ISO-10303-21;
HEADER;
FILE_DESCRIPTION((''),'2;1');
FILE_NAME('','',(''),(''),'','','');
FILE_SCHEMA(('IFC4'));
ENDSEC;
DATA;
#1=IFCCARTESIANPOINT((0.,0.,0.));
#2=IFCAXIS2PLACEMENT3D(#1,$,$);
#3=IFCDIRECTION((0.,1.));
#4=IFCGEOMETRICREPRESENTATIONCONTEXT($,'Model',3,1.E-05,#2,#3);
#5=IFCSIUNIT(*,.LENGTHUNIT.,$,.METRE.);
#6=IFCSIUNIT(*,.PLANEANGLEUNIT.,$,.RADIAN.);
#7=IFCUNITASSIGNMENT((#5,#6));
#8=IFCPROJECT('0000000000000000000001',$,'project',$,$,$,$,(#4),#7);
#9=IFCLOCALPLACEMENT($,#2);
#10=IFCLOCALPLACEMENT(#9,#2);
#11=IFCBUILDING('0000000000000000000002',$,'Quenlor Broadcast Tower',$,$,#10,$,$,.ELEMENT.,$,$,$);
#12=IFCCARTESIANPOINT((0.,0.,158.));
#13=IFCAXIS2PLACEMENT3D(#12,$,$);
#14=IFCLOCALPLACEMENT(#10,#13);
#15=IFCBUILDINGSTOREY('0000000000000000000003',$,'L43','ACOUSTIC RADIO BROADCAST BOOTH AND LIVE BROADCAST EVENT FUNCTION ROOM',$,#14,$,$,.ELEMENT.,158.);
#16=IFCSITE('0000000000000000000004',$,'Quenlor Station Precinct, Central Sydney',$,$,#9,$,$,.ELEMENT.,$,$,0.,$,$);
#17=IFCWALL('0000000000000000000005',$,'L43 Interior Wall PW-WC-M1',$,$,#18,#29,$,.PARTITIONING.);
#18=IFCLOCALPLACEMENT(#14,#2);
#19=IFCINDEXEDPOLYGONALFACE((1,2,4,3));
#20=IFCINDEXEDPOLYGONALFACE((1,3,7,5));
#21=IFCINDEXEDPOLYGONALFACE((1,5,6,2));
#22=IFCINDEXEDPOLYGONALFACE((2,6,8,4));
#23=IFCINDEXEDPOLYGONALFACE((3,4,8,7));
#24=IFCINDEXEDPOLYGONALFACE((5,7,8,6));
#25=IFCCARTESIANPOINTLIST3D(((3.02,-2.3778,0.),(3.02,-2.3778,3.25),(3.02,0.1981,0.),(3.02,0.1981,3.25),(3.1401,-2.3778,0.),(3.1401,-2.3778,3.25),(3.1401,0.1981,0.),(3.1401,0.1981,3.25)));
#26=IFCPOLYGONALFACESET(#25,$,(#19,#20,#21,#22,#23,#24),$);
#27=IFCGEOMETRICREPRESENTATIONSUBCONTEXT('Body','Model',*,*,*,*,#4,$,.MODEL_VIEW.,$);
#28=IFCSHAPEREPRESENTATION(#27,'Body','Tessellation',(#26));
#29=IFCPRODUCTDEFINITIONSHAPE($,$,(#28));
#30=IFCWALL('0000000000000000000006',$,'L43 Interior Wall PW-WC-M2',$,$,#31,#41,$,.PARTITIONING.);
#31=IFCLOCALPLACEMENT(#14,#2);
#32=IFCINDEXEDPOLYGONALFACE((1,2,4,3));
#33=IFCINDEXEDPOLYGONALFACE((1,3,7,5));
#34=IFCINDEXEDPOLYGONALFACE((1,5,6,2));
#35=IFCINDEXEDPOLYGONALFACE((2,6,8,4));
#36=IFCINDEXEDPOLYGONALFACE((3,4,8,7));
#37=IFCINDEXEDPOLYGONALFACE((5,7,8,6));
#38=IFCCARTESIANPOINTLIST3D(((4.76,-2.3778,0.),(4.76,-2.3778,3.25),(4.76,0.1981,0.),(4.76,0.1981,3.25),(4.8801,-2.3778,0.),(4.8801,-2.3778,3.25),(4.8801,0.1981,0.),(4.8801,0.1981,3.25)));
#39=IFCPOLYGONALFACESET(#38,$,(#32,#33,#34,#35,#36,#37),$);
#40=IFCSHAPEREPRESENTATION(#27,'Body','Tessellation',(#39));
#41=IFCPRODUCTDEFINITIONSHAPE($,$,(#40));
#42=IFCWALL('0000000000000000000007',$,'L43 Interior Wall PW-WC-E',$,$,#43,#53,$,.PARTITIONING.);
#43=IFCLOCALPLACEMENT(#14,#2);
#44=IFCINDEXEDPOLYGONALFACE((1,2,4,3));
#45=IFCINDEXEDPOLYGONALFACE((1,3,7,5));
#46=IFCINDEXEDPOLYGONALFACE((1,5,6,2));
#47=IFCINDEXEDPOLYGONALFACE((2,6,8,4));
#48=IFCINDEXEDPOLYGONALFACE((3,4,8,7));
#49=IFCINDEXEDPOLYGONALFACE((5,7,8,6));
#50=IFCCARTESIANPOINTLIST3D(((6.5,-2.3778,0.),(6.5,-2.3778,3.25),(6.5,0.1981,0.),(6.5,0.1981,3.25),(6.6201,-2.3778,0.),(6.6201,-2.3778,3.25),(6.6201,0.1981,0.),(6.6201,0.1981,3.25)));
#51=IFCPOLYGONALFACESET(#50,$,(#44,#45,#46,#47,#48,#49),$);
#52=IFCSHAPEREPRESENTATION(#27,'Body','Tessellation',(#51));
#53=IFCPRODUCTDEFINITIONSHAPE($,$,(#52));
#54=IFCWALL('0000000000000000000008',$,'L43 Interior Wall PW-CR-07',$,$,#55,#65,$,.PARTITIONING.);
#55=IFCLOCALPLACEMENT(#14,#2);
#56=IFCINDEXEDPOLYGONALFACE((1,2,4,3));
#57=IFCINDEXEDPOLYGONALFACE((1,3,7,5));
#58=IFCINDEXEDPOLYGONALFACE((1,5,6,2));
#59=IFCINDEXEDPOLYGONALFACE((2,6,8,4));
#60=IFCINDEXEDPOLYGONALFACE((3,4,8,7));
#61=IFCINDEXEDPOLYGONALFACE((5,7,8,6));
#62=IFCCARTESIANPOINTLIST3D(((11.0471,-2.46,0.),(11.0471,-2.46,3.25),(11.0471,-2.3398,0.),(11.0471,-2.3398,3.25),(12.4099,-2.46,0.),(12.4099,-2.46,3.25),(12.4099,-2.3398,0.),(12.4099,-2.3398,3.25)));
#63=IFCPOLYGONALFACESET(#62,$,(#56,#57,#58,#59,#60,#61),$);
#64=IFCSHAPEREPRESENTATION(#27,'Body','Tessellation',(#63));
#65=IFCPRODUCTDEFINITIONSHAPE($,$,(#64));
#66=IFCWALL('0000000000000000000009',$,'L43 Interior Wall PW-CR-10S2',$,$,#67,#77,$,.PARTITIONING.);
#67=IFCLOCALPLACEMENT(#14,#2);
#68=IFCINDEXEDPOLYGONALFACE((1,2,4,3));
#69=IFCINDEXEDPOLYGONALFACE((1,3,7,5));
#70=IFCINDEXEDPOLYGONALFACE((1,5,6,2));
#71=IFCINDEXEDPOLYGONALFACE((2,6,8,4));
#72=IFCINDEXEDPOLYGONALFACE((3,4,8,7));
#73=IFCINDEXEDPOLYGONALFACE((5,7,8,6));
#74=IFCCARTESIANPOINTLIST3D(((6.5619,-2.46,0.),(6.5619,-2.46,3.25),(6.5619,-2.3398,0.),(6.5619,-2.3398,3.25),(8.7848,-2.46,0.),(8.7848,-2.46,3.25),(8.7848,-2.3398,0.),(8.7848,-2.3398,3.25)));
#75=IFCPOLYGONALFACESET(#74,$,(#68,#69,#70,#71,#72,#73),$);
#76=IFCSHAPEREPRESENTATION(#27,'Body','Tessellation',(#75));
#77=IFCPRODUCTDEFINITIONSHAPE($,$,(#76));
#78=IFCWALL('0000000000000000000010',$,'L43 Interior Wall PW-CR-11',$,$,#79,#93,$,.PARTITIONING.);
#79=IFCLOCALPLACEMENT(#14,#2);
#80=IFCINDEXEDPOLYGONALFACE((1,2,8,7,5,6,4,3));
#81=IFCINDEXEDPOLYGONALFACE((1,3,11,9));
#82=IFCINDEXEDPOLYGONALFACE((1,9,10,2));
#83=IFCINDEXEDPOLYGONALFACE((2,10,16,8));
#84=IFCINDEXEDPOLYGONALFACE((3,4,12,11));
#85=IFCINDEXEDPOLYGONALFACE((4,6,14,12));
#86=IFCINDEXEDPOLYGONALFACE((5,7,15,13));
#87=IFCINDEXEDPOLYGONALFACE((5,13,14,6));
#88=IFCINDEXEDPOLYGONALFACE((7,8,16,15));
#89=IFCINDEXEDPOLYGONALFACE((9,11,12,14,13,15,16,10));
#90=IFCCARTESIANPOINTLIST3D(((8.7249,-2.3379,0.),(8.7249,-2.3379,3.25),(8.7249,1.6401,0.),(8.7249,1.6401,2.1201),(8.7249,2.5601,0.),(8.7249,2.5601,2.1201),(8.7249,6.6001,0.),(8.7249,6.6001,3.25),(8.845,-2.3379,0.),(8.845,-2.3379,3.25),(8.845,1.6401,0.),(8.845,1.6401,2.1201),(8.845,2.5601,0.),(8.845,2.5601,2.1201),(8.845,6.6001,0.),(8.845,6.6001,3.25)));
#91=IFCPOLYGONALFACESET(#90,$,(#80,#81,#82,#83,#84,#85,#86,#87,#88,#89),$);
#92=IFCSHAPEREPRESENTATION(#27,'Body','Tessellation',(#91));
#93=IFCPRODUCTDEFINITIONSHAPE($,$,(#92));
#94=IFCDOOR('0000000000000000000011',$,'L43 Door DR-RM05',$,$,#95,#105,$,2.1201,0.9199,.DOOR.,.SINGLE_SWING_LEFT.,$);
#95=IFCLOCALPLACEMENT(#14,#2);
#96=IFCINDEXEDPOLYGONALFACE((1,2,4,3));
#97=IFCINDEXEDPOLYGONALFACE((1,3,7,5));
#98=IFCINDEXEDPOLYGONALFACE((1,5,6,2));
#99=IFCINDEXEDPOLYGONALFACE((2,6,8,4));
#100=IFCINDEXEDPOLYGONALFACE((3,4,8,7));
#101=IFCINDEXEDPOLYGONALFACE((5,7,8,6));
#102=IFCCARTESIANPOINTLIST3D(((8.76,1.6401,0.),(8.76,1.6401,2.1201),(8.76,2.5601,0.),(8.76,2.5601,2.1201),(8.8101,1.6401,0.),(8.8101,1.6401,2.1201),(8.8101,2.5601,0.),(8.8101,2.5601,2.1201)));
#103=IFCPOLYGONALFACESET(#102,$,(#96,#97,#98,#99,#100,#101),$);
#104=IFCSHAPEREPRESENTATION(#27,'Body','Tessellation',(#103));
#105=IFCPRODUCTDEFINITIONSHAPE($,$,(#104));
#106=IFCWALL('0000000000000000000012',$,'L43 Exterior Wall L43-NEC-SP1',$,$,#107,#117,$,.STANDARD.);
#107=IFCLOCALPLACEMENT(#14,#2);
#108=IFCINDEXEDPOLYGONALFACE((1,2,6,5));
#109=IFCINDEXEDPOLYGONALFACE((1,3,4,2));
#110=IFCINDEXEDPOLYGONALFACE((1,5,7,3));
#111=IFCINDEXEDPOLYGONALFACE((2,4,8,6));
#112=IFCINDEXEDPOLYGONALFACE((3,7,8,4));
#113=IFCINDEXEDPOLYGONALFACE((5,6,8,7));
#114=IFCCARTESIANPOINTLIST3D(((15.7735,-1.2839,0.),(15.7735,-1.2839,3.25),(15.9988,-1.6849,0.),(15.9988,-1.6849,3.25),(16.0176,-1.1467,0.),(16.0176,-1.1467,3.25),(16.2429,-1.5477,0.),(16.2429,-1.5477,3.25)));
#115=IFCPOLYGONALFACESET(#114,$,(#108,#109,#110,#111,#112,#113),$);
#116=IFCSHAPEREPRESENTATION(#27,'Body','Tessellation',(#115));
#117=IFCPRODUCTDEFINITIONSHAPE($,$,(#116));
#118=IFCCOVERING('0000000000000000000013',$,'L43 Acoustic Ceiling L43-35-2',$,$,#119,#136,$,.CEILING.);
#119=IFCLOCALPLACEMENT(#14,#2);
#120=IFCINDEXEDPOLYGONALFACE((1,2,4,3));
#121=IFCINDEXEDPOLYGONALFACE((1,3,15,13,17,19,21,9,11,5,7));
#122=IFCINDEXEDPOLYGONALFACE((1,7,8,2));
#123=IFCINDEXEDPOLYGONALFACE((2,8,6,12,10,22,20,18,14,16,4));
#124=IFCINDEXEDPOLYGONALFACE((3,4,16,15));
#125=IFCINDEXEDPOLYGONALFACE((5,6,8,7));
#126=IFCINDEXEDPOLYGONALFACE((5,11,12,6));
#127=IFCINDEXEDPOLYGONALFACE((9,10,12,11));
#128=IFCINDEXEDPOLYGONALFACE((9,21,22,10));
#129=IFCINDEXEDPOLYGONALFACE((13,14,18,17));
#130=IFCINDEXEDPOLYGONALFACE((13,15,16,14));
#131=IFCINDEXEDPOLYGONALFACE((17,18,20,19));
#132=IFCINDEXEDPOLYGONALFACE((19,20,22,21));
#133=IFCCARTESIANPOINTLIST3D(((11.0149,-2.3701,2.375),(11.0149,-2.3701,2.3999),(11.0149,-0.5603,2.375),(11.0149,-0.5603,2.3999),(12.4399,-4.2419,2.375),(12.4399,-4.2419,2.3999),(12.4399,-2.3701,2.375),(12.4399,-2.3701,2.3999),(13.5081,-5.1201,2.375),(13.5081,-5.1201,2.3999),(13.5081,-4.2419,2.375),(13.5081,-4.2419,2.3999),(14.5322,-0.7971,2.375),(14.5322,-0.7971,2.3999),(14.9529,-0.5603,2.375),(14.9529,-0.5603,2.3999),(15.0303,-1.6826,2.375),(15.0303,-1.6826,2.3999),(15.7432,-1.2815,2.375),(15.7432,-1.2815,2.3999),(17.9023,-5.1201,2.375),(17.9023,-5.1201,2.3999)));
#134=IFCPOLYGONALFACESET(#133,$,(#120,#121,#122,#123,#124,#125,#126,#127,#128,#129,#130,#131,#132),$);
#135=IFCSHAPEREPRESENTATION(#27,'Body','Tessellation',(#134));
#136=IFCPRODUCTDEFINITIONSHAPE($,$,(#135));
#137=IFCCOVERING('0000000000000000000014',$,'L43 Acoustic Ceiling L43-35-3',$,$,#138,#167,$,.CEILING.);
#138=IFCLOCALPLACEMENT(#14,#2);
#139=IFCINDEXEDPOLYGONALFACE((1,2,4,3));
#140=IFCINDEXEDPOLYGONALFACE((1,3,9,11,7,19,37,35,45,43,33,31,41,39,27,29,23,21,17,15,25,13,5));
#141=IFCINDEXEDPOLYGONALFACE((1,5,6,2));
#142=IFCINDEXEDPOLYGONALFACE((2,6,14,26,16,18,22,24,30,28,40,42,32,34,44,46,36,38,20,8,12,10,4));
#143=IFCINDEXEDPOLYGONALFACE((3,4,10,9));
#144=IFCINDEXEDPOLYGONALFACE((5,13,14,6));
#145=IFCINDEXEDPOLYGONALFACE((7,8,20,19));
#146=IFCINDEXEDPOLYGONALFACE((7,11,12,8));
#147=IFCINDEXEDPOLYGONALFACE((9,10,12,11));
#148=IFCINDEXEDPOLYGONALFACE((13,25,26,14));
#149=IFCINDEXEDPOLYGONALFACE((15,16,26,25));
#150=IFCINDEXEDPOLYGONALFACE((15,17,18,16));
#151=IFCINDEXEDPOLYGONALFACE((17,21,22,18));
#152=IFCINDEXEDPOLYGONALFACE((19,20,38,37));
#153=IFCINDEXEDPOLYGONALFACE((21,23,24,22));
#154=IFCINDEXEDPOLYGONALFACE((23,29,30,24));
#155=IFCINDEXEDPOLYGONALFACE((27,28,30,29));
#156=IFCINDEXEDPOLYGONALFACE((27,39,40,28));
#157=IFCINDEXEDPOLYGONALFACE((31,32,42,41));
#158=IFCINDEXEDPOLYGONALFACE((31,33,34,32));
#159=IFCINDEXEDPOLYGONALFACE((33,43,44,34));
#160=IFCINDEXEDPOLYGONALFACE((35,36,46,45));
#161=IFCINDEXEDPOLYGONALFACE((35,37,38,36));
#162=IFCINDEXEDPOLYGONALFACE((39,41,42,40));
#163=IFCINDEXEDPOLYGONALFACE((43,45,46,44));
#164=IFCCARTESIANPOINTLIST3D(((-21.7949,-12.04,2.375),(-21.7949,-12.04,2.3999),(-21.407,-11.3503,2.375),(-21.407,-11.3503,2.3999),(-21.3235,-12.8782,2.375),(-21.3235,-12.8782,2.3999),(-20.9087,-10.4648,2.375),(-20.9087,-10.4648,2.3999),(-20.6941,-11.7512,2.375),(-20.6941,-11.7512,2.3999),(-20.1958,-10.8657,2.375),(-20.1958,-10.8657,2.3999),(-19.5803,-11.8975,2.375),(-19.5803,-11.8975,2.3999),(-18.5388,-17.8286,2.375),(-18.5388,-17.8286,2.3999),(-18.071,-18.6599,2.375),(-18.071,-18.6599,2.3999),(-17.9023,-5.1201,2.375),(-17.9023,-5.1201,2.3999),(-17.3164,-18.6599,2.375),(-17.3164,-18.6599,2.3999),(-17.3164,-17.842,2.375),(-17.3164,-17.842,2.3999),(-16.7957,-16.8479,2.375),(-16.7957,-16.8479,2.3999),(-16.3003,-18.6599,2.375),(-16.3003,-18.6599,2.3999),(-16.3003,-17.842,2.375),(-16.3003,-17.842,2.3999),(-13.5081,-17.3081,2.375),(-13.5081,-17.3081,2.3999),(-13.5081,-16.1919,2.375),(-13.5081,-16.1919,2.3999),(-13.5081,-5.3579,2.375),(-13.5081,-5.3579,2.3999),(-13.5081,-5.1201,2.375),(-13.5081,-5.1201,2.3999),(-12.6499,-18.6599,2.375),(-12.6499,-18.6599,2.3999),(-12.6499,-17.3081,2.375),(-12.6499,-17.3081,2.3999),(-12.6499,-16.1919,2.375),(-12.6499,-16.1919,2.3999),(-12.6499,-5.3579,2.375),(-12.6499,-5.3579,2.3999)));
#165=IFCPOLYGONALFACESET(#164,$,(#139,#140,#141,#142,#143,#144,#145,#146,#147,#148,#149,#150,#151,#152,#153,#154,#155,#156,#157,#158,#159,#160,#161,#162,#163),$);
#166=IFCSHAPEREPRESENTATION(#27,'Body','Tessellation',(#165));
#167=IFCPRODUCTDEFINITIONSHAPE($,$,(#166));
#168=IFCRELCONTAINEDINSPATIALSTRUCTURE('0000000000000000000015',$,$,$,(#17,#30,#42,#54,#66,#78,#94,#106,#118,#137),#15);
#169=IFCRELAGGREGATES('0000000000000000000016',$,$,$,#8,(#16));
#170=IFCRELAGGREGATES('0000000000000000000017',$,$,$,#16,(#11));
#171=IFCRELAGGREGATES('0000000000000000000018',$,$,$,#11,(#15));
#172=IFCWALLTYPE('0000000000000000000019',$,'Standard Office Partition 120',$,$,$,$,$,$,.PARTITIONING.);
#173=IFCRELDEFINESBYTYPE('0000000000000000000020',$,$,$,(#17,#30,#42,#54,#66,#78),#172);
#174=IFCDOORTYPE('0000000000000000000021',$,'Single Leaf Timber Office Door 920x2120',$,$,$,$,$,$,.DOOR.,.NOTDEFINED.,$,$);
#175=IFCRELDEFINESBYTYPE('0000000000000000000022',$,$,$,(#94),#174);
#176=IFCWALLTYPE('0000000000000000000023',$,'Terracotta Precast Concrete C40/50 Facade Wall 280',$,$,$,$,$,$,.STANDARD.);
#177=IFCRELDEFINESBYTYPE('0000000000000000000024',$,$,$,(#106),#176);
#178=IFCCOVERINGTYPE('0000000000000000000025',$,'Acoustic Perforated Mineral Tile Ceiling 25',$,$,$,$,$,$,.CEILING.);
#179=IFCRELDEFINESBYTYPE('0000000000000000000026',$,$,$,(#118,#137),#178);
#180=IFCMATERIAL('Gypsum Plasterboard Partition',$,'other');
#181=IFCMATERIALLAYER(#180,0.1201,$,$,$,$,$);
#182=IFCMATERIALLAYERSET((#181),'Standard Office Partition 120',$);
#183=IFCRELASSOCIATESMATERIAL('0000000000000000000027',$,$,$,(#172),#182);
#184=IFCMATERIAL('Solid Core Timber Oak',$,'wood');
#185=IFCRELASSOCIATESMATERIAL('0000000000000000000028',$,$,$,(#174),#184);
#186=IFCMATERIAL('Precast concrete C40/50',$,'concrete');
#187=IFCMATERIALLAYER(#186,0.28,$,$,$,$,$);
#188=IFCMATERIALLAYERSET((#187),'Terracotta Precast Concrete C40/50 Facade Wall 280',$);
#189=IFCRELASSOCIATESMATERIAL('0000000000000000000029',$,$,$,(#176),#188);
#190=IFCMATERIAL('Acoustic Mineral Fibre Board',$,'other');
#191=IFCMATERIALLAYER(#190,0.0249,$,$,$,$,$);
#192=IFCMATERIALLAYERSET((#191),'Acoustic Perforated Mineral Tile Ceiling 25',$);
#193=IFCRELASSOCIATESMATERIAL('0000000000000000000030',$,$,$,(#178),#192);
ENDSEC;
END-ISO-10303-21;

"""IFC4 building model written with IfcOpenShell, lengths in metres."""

from ifc_helpers import new_model, si_unit, direction, frame, frame_2d, origin, place, context, subcontext, project, spatial, polyline, rectangle, outline, extrude, material, layer, layer_set, type_object, element, fill, save


model = new_model("IFC4")

# Units and contexts
model_context = context("Model", 3, precision=1e-05, world=origin(), true_north=direction((0.0, 1.0)))
body_context = subcontext(model_context, "Body", "Model", "MODEL_VIEW")
ifc_project = project(units=[si_unit("LENGTHUNIT", "METRE"), si_unit("PLANEANGLEUNIT", "RADIAN")], contexts=[model_context])

# Site, building, storey
site_placement = place(None, origin())
site = spatial("IfcSite", under=ifc_project, at=site_placement, Name="Quenlor Station Precinct, Central Sydney", CompositionType="ELEMENT", RefElevation=0.0)
building_placement = place(site_placement, origin())
building = spatial("IfcBuilding", under=site, at=building_placement, Name="Quenlor Broadcast Tower", CompositionType="ELEMENT")
storey_placement = place(building_placement, frame((0.0, 0.0, 158.0)))
storey = spatial("IfcBuildingStorey", under=building, at=storey_placement, Name="L43", Description="ACOUSTIC RADIO BROADCAST BOOTH AND LIVE BROADCAST EVENT FUNCTION ROOM", CompositionType="ELEMENT", Elevation=158.0)

# Shared definitions
ifc_material_1 = material(Name="Gypsum Plasterboard Partition", Category="other")
ifc_layer_1 = layer(ifc_material_1, 0.1201)
ifc_layer_set_1 = layer_set([ifc_layer_1], Name="Standard Office Partition 120")
wall_type_1 = type_object("IfcWallType", Name="Standard Office Partition 120", PredefinedType="PARTITIONING", material=ifc_layer_set_1)

# Walls
for number, where, z_axis, x_axis, name in (
    (1, (3.0801, -2.3779, 0.0), (0.0, 0.0, 1.0), (0.0, 1.0, 0.0), "L43 Interior Wall PW-WC-M1"),
    (2, (4.8201, -2.3779, 0.0), (0.0, 0.0, 1.0), (0.0, 1.0, 0.0), "L43 Interior Wall PW-WC-M2"),
    (3, (6.5601, -2.3779, 0.0), (0.0, 0.0, 1.0), (0.0, 1.0, 0.0), "L43 Interior Wall PW-WC-E"),
):
    element("IfcWall", number, at=place(storey_placement, frame(where, z_axis=z_axis, x_axis=x_axis)), inside=storey, type_object=wall_type_1, Name=name, PredefinedType="PARTITIONING", context=body_context, shape_type="SweptSolid", body=[
        extrude(rectangle(XDim=2.5759, YDim=0.1201, at=frame_2d((1.2881, 0.0))), origin(), (0.0, 0.0, 1.0), 3.25),
    ])
wall_1_placement = place(storey_placement, frame((11.0471, -2.3999, 0.0), z_axis=(0.0, 0.0, 1.0), x_axis=(1.0, 0.0, 0.0)))
element("IfcWall", 4, at=wall_1_placement, inside=storey, type_object=wall_type_1, Name="L43 Interior Wall PW-CR-07", PredefinedType="PARTITIONING", context=body_context, shape_type="SweptSolid", body=[
    extrude(rectangle(XDim=1.3628, YDim=0.1201, at=frame_2d((0.6814, 0.0))), origin(), (0.0, 0.0, 1.0), 3.25),
])
wall_2_placement = place(storey_placement, frame((6.562, -2.3999, 0.0), z_axis=(0.0, 0.0, 1.0), x_axis=(1.0, 0.0, 0.0)))
element("IfcWall", 5, at=wall_2_placement, inside=storey, type_object=wall_type_1, Name="L43 Interior Wall PW-CR-10S2", PredefinedType="PARTITIONING", context=body_context, shape_type="SweptSolid", body=[
    extrude(rectangle(XDim=2.2229, YDim=0.1201, at=frame_2d((1.1113, 0.0))), origin(), (0.0, 0.0, 1.0), 3.25),
])

# Wall, opening, door
wall_3_placement = place(storey_placement, frame((8.7849, -2.3379, 0.0), z_axis=(0.0, 0.0, 1.0), x_axis=(0.0, 1.0, 0.0)))
wall_3 = element("IfcWall", 6, at=wall_3_placement, inside=storey, type_object=wall_type_1, Name="L43 Interior Wall PW-CR-11", PredefinedType="PARTITIONING", context=body_context, shape_type="SweptSolid", body=[
    extrude(rectangle(XDim=8.938, YDim=0.1201, at=frame_2d((4.469, 0.0))), origin(), (0.0, 0.0, 1.0), 3.25),
])
opening_1_placement = place(wall_3_placement, frame((3.978, 0.0, 0.0)))
opening_1 = element("IfcOpeningElement", 7, at=opening_1_placement, cuts=wall_3, PredefinedType="OPENING", context=body_context, shape_type="SweptSolid", body=[
    extrude(rectangle(XDim=0.9199, YDim=2.1201, at=frame_2d((0.46, 1.0601))), frame((0.0, 0.0701, 0.0), z_axis=(0.0, -1.0, 0.0), x_axis=(1.0, 0.0, 0.0)), (0.0, 0.0, 1.0), 0.1401),
])
ifc_material_2 = material(Name="Solid Core Timber Oak", Category="wood")
door_type_1 = type_object("IfcDoorType", Name="Single Leaf Timber Office Door 920x2120", OperationType="NOTDEFINED", PredefinedType="DOOR", material=ifc_material_2)
door_1_placement = place(opening_1_placement, origin())
door_1 = element("IfcDoor", 8, at=door_1_placement, inside=storey, type_object=door_type_1, Name="L43 Door DR-RM05", OperationType="SINGLE_SWING_LEFT", OverallHeight=2.1201, OverallWidth=0.9199, PredefinedType="DOOR", context=body_context, shape_type="SweptSolid", body=[
    extrude(rectangle(XDim=0.9199, YDim=2.1201, at=frame_2d((0.46, 1.0601))), frame((0.0, 0.0249, 0.0), z_axis=(0.0, -1.0, 0.0), x_axis=(1.0, 0.0, 0.0)), (0.0, 0.0, 1.0), 0.05),
])
fill(opening_1, door_1)

# Wall
ifc_material_3 = material(Name="Precast concrete C40/50", Category="concrete")
ifc_layer_2 = layer(ifc_material_3, 0.28)
ifc_layer_set_2 = layer_set([ifc_layer_2], Name="Terracotta Precast Concrete C40/50 Facade Wall 280")
wall_type_2 = type_object("IfcWallType", Name="Terracotta Precast Concrete C40/50 Facade Wall 280", PredefinedType="STANDARD", material=ifc_layer_set_2)
wall_4_placement = place(storey_placement, frame((15.8955, -1.2153, 0.0), z_axis=(0.0, 0.0, 1.0), x_axis=(0.490009, -0.871717, 0.0)))
element("IfcWall", 9, at=wall_4_placement, inside=storey, type_object=wall_type_2, Name="L43 Exterior Wall L43-NEC-SP1", PredefinedType="STANDARD", context=body_context, shape_type="SweptSolid", body=[
    extrude(rectangle(XDim=0.46, YDim=0.28, at=frame_2d((0.23, 0.0))), origin(), (0.0, 0.0, 1.0), 3.25),
])

# Coverings
ifc_material_4 = material(Name="Acoustic Mineral Fibre Board", Category="other")
ifc_layer_3 = layer(ifc_material_4, 0.0249)
ifc_layer_set_3 = layer_set([ifc_layer_3], Name="Acoustic Perforated Mineral Tile Ceiling 25")
covering_type = type_object("IfcCoveringType", Name="Acoustic Perforated Mineral Tile Ceiling 25", PredefinedType="CEILING", material=ifc_layer_set_3)
covering_1_placement = place(storey_placement, frame((0.0, 0.0, 2.375)))
element("IfcCovering", 10, at=covering_1_placement, inside=storey, type_object=covering_type, Name="L43 Acoustic Ceiling L43-35-2", PredefinedType="CEILING", context=body_context, shape_type="SweptSolid", body=[
    extrude(outline(polyline([(13.5081, -4.2419), (12.4399, -4.2419), (12.4399, -2.3701), (11.0149, -2.3701), (11.0149, -0.5603), (14.9529, -0.5603), (14.5322, -0.7971), (15.0303, -1.6826), (15.7432, -1.2815), (17.9023, -5.1201), (13.5081, -5.1201), (13.5081, -4.2419)])), origin(), (0.0, 0.0, 1.0), 0.0249),
])
covering_2_placement = place(storey_placement, frame((0.0, 0.0, 2.375)))
element("IfcCovering", 11, at=covering_2_placement, inside=storey, type_object=covering_type, Name="L43 Acoustic Ceiling L43-35-3", PredefinedType="CEILING", context=body_context, shape_type="SweptSolid", body=[
    extrude(outline(polyline([(-21.7949, -12.04), (-21.407, -11.3503), (-20.6941, -11.7512), (-20.1958, -10.8657), (-20.9087, -10.4648), (-17.9023, -5.1201), (-13.5081, -5.1201), (-13.5081, -5.3579), (-12.6499, -5.3579), (-12.6499, -16.1919), (-13.5081, -16.1919), (-13.5081, -17.3081), (-12.6499, -17.3081), (-12.6499, -18.6599), (-16.3003, -18.6599), (-16.3003, -17.842), (-17.3164, -17.842), (-17.3164, -18.6599), (-18.071, -18.6599), (-18.5388, -17.8286), (-16.7957, -16.8479), (-19.5803, -11.8975), (-21.3235, -12.8782), (-21.7949, -12.04)])), origin(), (0.0, 0.0, 1.0), 0.0249),
])

save(model, "model.ifc")
